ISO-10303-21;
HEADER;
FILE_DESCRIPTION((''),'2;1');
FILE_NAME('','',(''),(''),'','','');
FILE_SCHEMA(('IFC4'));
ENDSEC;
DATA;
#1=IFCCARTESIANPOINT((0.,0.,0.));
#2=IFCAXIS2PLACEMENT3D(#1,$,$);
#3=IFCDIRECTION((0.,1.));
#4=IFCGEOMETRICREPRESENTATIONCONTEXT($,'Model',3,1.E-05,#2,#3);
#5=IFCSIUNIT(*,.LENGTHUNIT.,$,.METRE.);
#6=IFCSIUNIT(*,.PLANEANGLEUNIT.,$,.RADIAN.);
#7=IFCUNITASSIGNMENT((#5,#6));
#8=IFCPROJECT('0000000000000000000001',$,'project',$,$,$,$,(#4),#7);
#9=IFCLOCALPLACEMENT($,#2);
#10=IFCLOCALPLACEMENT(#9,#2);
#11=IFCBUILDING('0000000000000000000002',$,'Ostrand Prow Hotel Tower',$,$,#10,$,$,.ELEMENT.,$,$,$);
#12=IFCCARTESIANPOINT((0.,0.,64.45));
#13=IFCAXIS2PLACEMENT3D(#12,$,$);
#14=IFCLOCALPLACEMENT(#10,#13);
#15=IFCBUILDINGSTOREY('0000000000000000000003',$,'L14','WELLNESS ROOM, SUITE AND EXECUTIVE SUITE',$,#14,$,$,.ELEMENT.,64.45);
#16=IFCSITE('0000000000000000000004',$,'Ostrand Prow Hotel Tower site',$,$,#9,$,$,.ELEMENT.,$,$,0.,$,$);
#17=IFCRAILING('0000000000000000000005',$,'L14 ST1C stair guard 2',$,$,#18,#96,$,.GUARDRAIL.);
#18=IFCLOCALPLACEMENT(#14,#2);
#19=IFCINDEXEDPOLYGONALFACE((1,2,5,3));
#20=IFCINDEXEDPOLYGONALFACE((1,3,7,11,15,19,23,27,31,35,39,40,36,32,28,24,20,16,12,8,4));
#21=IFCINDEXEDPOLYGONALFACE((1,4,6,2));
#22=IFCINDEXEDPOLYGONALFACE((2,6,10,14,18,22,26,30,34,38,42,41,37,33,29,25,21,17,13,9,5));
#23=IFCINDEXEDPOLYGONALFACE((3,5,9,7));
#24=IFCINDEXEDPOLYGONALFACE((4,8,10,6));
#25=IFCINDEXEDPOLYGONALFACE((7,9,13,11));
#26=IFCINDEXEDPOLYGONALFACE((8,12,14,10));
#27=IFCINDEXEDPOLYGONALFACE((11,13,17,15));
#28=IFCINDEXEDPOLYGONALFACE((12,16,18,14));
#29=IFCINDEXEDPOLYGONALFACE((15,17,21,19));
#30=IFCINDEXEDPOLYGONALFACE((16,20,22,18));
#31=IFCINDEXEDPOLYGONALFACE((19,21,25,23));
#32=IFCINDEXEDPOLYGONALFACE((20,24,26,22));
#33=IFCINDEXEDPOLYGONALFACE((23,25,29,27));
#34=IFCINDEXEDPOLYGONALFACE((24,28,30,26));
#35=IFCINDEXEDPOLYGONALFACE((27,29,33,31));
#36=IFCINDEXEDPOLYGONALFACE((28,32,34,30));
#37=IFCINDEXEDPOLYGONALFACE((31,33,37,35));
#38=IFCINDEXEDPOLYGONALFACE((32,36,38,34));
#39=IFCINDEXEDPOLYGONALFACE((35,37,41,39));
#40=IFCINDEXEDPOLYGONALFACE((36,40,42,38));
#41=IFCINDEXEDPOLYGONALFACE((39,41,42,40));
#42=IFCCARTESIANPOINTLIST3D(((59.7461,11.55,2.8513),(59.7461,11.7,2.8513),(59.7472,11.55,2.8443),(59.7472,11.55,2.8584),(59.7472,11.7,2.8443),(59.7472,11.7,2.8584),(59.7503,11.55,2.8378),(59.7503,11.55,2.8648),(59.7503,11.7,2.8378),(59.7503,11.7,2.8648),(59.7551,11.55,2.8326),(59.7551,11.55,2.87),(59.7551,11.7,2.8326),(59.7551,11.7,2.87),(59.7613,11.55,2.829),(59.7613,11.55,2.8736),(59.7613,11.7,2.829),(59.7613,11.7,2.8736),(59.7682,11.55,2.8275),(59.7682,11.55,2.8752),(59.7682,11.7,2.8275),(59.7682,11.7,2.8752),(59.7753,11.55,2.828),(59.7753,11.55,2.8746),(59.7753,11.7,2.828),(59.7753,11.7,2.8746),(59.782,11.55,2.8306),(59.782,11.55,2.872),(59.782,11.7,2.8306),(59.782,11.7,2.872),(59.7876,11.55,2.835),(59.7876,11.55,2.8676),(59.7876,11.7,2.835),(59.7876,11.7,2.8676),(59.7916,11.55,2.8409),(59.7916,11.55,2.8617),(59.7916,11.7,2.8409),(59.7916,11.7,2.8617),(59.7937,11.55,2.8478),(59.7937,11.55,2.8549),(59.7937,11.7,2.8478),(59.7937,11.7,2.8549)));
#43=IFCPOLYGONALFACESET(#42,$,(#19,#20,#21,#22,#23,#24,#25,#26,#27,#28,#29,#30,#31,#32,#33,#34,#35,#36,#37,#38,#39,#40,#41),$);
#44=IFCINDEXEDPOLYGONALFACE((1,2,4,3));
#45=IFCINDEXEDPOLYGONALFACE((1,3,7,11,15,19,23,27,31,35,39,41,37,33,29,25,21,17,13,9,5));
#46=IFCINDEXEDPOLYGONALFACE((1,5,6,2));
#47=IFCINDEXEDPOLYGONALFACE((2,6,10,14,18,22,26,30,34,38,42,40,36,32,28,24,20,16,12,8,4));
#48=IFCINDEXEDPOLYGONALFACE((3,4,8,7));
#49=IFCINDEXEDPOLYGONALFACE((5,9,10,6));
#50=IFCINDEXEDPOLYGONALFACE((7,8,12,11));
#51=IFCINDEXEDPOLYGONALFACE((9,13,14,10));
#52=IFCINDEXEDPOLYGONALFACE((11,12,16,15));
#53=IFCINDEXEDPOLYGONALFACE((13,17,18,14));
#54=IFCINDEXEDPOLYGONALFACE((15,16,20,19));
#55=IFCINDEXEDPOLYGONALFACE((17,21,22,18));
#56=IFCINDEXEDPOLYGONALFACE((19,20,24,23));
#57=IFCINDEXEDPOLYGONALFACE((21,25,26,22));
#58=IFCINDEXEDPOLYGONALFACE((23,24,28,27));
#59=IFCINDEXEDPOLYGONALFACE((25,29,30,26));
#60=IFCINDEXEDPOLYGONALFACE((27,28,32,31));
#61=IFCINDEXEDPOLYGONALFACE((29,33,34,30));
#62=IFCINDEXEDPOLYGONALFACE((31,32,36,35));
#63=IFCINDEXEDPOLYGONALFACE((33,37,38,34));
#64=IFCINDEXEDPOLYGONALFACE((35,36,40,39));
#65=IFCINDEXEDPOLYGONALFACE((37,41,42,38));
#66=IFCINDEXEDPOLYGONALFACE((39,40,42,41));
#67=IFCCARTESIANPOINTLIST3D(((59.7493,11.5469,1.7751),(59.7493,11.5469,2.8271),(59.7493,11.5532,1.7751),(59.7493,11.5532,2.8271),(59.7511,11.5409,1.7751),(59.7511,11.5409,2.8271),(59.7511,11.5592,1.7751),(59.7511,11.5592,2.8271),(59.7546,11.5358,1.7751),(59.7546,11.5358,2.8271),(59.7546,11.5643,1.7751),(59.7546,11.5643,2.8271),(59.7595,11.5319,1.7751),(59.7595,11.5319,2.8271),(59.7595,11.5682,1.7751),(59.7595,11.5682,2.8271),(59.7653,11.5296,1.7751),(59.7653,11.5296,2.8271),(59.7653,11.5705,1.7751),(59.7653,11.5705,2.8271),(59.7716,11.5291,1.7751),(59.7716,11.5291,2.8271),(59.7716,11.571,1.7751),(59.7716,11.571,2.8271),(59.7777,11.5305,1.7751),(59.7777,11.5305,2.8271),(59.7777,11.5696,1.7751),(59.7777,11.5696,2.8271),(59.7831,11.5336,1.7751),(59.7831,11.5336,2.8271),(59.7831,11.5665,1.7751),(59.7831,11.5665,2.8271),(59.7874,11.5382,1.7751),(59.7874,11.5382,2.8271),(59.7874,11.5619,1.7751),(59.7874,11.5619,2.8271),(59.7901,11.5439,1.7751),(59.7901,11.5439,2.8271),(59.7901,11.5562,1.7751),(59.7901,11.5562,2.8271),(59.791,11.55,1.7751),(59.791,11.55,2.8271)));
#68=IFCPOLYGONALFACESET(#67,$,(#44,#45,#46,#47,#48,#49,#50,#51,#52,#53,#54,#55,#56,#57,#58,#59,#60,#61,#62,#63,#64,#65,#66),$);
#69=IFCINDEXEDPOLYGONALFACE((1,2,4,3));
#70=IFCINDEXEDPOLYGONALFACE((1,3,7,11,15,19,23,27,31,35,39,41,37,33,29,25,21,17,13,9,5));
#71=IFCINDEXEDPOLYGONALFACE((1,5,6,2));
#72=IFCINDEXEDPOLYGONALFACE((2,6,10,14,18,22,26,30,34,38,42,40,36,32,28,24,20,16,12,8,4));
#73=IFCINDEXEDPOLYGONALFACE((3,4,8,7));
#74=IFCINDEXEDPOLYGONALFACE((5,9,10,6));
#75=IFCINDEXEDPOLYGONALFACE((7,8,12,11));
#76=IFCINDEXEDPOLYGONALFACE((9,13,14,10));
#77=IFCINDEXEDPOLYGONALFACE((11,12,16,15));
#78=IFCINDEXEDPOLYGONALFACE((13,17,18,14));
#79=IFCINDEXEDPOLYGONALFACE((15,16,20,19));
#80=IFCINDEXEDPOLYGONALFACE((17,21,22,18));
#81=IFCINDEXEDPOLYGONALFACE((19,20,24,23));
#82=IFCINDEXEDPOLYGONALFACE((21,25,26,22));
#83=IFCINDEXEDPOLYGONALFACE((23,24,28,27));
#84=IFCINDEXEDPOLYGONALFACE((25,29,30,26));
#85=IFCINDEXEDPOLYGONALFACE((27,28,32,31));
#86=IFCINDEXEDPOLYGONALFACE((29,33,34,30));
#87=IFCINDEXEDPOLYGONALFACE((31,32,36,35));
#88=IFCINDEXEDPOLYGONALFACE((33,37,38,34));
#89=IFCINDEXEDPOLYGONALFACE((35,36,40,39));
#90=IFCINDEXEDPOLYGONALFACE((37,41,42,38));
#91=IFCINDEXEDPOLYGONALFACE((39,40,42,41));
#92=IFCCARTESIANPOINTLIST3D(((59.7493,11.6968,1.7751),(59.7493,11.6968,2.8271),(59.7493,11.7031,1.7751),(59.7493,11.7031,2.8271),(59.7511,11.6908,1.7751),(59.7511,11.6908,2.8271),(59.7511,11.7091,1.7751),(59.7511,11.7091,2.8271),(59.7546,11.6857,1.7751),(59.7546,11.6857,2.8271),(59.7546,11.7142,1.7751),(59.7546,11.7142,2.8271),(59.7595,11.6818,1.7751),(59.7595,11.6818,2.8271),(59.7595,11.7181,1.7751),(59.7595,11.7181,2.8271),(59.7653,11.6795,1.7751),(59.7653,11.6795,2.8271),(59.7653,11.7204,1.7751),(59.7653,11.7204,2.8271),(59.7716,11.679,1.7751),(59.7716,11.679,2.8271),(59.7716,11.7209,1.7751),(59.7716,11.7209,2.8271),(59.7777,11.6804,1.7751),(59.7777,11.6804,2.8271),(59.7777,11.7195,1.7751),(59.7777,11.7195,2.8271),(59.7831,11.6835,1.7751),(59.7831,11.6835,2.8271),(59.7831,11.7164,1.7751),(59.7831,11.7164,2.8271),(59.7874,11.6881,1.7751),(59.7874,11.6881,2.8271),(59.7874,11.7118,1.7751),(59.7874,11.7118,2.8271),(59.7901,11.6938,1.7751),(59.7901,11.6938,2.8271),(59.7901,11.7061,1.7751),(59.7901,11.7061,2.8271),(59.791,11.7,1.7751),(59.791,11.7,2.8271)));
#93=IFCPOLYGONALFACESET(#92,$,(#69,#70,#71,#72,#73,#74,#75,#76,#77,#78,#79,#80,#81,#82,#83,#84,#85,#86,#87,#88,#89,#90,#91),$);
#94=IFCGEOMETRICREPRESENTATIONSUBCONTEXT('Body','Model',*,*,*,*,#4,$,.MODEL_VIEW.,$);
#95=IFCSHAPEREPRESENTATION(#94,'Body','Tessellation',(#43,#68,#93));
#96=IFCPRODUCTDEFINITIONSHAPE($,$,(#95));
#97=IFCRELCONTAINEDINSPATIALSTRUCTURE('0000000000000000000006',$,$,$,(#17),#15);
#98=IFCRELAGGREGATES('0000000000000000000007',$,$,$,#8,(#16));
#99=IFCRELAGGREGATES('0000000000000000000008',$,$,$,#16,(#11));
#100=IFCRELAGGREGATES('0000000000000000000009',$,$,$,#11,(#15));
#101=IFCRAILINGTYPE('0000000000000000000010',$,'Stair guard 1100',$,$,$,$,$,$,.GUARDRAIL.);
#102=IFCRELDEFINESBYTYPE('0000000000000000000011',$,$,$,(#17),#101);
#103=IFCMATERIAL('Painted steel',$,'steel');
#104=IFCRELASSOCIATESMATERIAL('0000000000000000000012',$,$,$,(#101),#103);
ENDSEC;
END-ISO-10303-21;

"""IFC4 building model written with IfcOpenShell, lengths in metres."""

from ifc_helpers import new_model, si_unit, direction, frame, origin, origin_2d, place, context, subcontext, project, spatial, circle, extrude, material, type_object, element, save


model = new_model("IFC4")

# Units and contexts
model_context = context("Model", 3, precision=1e-05, world=origin(), true_north=direction((0.0, 1.0)))
body_context = subcontext(model_context, "Body", "Model", "MODEL_VIEW")
ifc_project = project(units=[si_unit("LENGTHUNIT", "METRE"), si_unit("PLANEANGLEUNIT", "RADIAN")], contexts=[model_context])

# Site, building, storey
site_placement = place(None, origin())
site = spatial("IfcSite", under=ifc_project, at=site_placement, Name="Ostrand Prow Hotel Tower site", CompositionType="ELEMENT", RefElevation=0.0)
building_placement = place(site_placement, origin())
building = spatial("IfcBuilding", under=site, at=building_placement, Name="Ostrand Prow Hotel Tower", CompositionType="ELEMENT")
storey_placement = place(building_placement, frame((0.0, 0.0, 64.45)))
storey = spatial("IfcBuildingStorey", under=building, at=storey_placement, Name="L14", Description="WELLNESS ROOM, SUITE AND EXECUTIVE SUITE", CompositionType="ELEMENT", Elevation=64.45)

# Railing
ifc_material_1 = material(Name="Painted steel", Category="steel")
railing_type_1 = type_object("IfcRailingType", Name="Stair guard 1100", PredefinedType="GUARDRAIL", material=ifc_material_1)
railing_1_placement = place(storey_placement, frame((59.77, 11.55, 1.7751)))
element("IfcRailing", 1, at=railing_1_placement, inside=storey, type_object=railing_type_1, Name="L14 ST1C stair guard 2", PredefinedType="GUARDRAIL", context=body_context, shape_type="SweptSolid", body=[
    extrude(circle(Radius=0.0239, at=origin_2d()), frame((0.0, 0.0, 1.0762), z_axis=(0.0, 1.0, 0.0), x_axis=(-1.0, 0.0, 0.0)), (0.0, 0.0, 1.0), 0.1499),
    extrude(circle(Radius=0.021, at=origin_2d()), origin(), (0.0, 0.0, 1.0), 1.052),
    extrude(circle(Radius=0.021, at=origin_2d()), frame((0.0, 0.1499, 0.0)), (0.0, 0.0, 1.0), 1.052),
])

save(model, "model.ifc")
